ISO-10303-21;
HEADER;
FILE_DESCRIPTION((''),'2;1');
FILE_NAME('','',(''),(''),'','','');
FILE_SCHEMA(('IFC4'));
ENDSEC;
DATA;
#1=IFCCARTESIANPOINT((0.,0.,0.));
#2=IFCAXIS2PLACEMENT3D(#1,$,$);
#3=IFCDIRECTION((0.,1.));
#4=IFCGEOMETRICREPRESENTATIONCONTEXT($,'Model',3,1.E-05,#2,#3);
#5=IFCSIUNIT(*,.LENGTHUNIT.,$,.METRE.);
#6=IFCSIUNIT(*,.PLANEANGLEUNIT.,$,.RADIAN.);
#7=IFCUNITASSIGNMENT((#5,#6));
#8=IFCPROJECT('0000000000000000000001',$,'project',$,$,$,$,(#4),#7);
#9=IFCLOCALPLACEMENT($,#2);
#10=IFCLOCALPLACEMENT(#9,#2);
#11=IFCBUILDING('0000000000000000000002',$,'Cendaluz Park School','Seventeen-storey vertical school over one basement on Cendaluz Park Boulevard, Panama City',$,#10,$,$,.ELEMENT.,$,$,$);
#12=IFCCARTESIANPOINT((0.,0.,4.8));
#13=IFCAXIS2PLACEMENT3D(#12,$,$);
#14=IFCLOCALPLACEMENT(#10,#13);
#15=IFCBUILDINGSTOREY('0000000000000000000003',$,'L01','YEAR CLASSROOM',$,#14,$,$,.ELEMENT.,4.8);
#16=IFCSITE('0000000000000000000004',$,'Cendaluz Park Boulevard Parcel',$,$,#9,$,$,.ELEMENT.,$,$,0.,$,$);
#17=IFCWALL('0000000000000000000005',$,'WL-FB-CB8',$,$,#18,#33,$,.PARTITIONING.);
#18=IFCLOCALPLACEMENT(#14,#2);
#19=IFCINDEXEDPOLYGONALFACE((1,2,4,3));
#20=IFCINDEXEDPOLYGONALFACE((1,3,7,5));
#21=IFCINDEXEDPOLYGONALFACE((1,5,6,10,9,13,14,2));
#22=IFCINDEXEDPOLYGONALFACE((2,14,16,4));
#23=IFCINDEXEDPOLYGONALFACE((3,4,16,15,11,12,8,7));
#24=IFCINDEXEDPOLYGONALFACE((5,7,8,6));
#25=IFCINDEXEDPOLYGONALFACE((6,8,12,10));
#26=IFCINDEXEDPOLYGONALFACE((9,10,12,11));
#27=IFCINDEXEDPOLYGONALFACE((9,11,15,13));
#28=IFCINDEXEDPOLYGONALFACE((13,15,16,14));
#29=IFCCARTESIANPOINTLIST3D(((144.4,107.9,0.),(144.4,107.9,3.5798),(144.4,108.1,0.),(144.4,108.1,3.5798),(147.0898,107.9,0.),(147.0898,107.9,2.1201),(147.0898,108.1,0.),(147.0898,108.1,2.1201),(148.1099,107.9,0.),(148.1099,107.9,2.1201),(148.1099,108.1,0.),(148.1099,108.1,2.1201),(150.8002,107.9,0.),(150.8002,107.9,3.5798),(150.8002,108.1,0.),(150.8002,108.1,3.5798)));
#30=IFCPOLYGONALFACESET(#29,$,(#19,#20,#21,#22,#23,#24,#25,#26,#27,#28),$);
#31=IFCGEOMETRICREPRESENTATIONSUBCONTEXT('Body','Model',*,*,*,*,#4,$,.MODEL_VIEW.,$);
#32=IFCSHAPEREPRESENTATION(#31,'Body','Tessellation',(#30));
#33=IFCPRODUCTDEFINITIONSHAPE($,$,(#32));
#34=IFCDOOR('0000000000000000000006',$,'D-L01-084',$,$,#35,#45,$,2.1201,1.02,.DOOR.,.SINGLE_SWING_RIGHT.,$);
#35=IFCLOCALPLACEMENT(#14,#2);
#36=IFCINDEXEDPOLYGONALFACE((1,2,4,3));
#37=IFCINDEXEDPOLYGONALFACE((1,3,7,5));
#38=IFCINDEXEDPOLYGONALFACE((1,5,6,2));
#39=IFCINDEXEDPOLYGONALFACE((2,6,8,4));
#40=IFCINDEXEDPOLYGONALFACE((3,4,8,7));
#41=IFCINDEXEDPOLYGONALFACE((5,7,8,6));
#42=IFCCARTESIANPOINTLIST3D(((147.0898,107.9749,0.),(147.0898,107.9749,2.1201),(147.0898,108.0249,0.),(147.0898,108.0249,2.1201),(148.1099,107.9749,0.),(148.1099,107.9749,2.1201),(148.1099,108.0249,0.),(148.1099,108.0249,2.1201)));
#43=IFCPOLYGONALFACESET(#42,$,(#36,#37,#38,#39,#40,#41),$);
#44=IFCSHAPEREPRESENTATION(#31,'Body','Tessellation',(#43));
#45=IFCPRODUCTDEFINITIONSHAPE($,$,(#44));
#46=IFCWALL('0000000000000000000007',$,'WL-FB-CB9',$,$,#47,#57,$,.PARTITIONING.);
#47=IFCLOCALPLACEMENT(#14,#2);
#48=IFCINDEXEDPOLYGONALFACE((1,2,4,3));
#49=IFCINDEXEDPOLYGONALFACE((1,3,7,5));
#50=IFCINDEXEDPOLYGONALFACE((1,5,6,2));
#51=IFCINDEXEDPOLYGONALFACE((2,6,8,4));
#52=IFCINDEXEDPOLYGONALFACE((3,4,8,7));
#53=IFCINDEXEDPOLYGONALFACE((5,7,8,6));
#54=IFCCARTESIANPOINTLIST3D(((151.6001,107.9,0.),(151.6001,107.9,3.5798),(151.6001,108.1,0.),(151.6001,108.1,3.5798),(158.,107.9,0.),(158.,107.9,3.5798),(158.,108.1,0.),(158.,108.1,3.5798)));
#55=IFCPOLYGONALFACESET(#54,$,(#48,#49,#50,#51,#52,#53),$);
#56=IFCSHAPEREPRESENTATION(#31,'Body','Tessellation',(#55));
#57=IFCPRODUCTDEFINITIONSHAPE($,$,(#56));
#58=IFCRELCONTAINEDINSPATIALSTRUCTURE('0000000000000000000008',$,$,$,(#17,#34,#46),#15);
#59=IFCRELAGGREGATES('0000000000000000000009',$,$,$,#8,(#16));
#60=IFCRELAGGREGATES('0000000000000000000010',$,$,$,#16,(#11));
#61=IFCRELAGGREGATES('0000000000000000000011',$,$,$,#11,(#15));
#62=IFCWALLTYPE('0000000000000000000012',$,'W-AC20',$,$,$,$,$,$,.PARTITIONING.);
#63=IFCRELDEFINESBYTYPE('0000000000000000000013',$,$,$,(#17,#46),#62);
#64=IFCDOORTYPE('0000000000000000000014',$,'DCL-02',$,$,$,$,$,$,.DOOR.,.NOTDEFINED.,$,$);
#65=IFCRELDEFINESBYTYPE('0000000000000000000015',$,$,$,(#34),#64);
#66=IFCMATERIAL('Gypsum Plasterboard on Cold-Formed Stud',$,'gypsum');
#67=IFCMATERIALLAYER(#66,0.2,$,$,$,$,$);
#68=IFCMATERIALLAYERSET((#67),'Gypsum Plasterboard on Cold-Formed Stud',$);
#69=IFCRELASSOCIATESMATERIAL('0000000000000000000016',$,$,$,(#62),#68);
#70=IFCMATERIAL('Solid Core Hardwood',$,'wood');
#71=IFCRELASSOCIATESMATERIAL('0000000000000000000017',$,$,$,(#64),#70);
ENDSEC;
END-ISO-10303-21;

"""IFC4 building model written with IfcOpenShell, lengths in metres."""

from ifc_helpers import new_model, si_unit, direction, frame, frame_2d, origin, place, context, subcontext, project, spatial, rectangle, extrude, material, layer, layer_set, type_object, element, fill, save


model = new_model("IFC4")

# Units and contexts
model_context = context("Model", 3, precision=1e-05, world=origin(), true_north=direction((0.0, 1.0)))
body_context = subcontext(model_context, "Body", "Model", "MODEL_VIEW")
ifc_project = project(units=[si_unit("LENGTHUNIT", "METRE"), si_unit("PLANEANGLEUNIT", "RADIAN")], contexts=[model_context])

# Site, building, storey
site_placement = place(None, origin())
site = spatial("IfcSite", under=ifc_project, at=site_placement, Name="Cendaluz Park Boulevard Parcel", CompositionType="ELEMENT", RefElevation=0.0)
building_placement = place(site_placement, origin())
building = spatial("IfcBuilding", under=site, at=building_placement, Name="Cendaluz Park School", Description="Seventeen-storey vertical school over one basement on Cendaluz Park Boulevard, Panama City", CompositionType="ELEMENT")
storey_placement = place(building_placement, frame((0.0, 0.0, 4.8)))
storey = spatial("IfcBuildingStorey", under=building, at=storey_placement, Name="L01", Description="YEAR CLASSROOM", CompositionType="ELEMENT", Elevation=4.8)

# Wall, opening, door
ifc_material_1 = material(Name="Gypsum Plasterboard on Cold-Formed Stud", Category="gypsum")
ifc_layer = layer(ifc_material_1, 0.2)
ifc_layer_set = layer_set([ifc_layer], Name="Gypsum Plasterboard on Cold-Formed Stud")
wall_type = type_object("IfcWallType", Name="W-AC20", PredefinedType="PARTITIONING", material=ifc_layer_set)
wall_1_placement = place(storey_placement, frame((144.3999, 108.0, 0.0), z_axis=(0.0, 0.0, 1.0), x_axis=(1.0, 0.0, 0.0)))
wall_1 = element("IfcWall", 1, at=wall_1_placement, inside=storey, type_object=wall_type, Name="WL-FB-CB8", PredefinedType="PARTITIONING", context=body_context, shape_type="SweptSolid", body=[
    extrude(rectangle(XDim=6.4001, YDim=0.2, at=frame_2d((3.2002, 0.0))), origin(), (0.0, 0.0, 1.0), 3.5798),
])
opening_placement = place(wall_1_placement, frame((2.6899, 0.0, 0.0)))
opening = element("IfcOpeningElement", 2, at=opening_placement, cuts=wall_1, PredefinedType="OPENING", context=body_context, shape_type="SweptSolid", body=[
    extrude(rectangle(XDim=1.02, YDim=2.1201, at=frame_2d((0.51, 1.0601))), frame((0.0, 0.1121, 0.0), z_axis=(0.0, -1.0, 0.0), x_axis=(1.0, 0.0, 0.0)), (0.0, 0.0, 1.0), 0.2239),
])
ifc_material_2 = material(Name="Solid Core Hardwood", Category="wood")
door_type = type_object("IfcDoorType", Name="DCL-02", OperationType="NOTDEFINED", PredefinedType="DOOR", material=ifc_material_2)
door_placement = place(opening_placement, origin())
door = element("IfcDoor", 3, at=door_placement, inside=storey, type_object=door_type, Name="D-L01-084", OperationType="SINGLE_SWING_RIGHT", OverallHeight=2.1201, OverallWidth=1.02, PredefinedType="DOOR", context=body_context, shape_type="SweptSolid", body=[
    extrude(rectangle(XDim=1.02, YDim=2.1201, at=frame_2d((0.51, 1.0601))), frame((0.0, 0.0249, 0.0), z_axis=(0.0, -1.0, 0.0), x_axis=(1.0, 0.0, 0.0)), (0.0, 0.0, 1.0), 0.05),
])
fill(opening, door)

# Wall
wall_2_placement = place(storey_placement, frame((151.6001, 108.0, 0.0), z_axis=(0.0, 0.0, 1.0), x_axis=(1.0, 0.0, 0.0)))
element("IfcWall", 4, at=wall_2_placement, inside=storey, type_object=wall_type, Name="WL-FB-CB9", PredefinedType="PARTITIONING", context=body_context, shape_type="SweptSolid", body=[
    extrude(rectangle(XDim=6.3999, YDim=0.2, at=frame_2d((3.2, 0.0))), origin(), (0.0, 0.0, 1.0), 3.5798),
])

save(model, "model.ifc")
